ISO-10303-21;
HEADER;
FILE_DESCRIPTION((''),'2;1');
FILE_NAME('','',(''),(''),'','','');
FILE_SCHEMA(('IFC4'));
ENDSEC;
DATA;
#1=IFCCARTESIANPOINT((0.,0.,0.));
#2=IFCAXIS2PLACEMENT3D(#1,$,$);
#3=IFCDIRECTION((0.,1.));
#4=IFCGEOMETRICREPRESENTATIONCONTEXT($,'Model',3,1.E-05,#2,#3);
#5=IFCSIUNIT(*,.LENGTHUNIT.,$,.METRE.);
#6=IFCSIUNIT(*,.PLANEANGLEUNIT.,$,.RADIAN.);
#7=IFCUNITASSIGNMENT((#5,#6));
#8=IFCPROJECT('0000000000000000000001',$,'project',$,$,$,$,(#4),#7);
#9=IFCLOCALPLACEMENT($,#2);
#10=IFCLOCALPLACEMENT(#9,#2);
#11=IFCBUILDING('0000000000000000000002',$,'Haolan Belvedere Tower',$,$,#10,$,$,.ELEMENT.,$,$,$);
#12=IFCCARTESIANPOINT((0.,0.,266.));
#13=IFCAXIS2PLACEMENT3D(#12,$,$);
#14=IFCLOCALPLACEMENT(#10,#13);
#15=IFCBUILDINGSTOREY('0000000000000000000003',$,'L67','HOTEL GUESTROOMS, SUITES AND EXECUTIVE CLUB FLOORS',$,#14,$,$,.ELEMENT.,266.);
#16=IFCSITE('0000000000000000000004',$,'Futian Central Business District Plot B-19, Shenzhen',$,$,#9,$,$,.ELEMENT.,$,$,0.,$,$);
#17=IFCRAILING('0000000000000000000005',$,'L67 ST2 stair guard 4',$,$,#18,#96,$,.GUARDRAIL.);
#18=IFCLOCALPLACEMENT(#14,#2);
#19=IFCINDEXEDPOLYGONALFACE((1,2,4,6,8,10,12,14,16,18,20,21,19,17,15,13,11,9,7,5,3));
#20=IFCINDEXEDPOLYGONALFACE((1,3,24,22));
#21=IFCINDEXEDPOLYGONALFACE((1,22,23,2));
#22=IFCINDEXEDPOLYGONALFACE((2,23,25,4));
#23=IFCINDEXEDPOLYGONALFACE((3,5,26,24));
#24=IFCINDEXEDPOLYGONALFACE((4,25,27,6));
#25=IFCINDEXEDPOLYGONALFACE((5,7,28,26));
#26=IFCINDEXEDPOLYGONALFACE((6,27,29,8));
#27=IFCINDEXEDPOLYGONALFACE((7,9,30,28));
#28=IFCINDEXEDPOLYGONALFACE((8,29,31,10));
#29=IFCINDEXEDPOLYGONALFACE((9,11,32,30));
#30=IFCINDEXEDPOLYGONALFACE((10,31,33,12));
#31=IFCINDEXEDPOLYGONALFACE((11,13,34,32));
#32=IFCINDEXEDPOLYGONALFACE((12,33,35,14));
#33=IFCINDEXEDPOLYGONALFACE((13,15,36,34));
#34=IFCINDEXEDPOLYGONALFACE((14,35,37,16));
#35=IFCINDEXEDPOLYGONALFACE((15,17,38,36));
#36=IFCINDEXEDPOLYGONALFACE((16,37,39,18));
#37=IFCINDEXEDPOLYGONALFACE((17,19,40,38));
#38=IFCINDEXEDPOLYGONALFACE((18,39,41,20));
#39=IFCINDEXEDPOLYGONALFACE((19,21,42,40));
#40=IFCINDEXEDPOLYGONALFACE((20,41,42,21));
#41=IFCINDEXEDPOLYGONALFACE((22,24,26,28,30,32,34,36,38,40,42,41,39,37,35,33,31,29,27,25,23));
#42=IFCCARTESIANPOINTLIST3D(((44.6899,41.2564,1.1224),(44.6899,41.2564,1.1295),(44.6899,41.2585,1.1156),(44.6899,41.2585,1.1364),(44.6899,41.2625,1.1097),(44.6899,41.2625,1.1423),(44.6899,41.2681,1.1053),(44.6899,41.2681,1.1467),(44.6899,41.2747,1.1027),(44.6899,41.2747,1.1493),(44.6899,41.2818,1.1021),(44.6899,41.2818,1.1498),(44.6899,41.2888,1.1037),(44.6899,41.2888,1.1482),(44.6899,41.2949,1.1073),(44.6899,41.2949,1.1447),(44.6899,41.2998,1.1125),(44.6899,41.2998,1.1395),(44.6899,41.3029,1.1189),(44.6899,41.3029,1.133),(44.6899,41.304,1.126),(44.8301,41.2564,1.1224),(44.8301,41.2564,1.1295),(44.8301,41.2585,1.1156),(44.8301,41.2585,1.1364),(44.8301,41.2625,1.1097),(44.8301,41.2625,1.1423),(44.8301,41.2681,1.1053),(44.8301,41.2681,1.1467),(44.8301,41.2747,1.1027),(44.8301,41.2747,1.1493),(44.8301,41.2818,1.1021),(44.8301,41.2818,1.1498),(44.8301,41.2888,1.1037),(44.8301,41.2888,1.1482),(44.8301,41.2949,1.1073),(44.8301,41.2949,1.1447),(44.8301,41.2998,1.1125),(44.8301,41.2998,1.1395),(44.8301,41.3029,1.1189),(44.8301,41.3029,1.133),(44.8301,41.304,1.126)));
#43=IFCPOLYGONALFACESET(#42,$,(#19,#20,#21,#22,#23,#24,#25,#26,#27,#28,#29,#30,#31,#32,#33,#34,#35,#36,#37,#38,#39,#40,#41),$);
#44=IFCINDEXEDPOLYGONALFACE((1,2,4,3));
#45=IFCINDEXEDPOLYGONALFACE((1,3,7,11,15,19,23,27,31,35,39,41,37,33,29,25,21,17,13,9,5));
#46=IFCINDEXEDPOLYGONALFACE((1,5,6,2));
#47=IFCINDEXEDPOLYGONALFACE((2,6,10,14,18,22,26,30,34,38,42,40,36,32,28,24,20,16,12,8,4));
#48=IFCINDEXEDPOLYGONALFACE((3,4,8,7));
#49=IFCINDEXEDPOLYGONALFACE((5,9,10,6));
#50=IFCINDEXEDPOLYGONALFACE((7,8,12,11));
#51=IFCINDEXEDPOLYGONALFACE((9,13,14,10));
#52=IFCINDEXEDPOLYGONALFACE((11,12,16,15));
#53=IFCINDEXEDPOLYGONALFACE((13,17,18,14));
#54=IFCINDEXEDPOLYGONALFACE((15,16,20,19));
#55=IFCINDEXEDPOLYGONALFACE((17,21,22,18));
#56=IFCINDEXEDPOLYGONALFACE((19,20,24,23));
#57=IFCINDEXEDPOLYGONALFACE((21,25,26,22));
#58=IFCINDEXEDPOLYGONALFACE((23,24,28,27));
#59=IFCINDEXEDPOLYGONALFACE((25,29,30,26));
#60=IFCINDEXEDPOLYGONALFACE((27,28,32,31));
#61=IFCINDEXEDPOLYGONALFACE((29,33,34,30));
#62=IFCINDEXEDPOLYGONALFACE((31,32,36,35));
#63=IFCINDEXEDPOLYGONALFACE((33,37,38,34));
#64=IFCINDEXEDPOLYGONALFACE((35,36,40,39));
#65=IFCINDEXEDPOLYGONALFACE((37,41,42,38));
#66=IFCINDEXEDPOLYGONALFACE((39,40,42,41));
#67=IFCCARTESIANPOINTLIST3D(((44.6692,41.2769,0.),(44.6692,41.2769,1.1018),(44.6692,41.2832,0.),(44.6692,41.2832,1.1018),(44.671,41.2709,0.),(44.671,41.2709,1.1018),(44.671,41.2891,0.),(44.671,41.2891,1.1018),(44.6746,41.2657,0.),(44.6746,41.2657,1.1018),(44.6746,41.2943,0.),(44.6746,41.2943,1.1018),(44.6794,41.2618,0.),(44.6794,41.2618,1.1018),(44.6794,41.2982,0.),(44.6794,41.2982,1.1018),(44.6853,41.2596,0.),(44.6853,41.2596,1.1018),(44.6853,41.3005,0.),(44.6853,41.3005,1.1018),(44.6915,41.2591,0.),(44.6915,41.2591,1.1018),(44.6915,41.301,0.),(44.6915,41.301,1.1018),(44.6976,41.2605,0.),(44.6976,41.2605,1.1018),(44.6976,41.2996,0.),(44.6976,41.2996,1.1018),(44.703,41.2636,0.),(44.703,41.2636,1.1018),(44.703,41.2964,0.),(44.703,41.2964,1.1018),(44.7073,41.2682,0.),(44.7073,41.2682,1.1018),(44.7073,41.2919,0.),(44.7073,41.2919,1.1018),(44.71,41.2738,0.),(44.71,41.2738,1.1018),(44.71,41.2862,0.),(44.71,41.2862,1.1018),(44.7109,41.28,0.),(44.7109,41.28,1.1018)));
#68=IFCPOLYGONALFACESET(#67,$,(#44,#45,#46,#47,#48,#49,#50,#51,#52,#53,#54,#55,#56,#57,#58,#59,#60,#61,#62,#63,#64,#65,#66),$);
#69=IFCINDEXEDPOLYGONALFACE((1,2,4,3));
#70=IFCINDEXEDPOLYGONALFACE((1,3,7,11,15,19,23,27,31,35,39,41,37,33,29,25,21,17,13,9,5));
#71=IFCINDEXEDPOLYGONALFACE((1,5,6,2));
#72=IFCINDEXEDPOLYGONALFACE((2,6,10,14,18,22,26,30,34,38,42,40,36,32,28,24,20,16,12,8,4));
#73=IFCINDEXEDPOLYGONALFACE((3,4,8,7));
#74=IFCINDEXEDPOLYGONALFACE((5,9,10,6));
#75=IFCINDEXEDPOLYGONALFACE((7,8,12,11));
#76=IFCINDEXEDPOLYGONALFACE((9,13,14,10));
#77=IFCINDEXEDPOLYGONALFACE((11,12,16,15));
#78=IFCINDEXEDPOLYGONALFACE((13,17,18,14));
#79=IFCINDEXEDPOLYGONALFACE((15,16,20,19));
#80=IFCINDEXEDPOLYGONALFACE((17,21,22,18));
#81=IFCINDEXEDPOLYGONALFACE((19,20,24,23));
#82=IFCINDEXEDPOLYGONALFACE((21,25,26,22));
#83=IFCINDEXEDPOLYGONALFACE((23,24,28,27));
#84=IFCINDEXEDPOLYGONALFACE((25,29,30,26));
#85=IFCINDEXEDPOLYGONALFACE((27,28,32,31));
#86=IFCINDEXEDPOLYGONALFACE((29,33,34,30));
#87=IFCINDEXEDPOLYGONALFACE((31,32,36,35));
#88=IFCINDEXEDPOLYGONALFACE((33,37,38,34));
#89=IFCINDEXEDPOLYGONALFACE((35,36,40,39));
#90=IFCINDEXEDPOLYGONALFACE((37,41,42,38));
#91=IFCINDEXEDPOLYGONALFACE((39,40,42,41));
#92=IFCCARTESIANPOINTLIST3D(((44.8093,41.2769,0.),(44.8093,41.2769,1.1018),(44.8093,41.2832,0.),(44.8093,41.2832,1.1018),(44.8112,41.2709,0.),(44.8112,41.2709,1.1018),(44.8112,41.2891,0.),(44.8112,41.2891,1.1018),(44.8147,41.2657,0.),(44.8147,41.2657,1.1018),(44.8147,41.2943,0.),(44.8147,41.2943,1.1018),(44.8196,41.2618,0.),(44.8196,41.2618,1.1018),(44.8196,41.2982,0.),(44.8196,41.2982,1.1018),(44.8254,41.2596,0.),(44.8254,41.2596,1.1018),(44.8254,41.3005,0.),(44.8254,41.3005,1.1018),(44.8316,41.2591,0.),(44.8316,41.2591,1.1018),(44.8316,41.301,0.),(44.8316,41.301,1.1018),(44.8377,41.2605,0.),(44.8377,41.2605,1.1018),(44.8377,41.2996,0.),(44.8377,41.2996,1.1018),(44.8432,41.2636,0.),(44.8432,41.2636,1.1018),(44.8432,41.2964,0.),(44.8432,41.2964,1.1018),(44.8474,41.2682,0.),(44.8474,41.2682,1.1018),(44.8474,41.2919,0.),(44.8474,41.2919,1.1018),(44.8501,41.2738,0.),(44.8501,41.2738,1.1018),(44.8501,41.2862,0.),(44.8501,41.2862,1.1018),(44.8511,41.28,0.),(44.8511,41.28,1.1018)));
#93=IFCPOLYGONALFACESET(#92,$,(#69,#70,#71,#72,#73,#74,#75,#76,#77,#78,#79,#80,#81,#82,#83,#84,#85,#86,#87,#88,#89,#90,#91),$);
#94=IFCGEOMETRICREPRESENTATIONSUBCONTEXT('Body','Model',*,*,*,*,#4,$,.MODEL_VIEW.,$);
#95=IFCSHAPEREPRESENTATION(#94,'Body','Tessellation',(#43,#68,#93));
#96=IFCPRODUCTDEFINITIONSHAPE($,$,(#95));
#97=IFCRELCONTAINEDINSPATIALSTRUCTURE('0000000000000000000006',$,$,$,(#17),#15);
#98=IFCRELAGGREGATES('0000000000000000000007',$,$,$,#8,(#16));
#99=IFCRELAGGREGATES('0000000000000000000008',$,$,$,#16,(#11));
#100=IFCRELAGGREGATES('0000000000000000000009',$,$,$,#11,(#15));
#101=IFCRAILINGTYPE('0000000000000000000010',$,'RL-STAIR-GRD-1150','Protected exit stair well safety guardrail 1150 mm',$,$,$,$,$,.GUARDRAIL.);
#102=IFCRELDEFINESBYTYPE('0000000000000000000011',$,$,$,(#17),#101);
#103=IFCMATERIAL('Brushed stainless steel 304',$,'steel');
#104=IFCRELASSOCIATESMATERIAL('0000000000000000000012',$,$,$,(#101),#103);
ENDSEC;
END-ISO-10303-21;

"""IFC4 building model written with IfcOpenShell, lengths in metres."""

from ifc_helpers import new_model, si_unit, direction, frame, origin, origin_2d, place, context, subcontext, project, spatial, circle, extrude, material, type_object, element, save


model = new_model("IFC4")

# Units and contexts
model_context = context("Model", 3, precision=1e-05, world=origin(), true_north=direction((0.0, 1.0)))
body_context = subcontext(model_context, "Body", "Model", "MODEL_VIEW")
ifc_project = project(units=[si_unit("LENGTHUNIT", "METRE"), si_unit("PLANEANGLEUNIT", "RADIAN")], contexts=[model_context])

# Site, building, storey
site_placement = place(None, origin())
site = spatial("IfcSite", under=ifc_project, at=site_placement, Name="Futian Central Business District Plot B-19, Shenzhen", CompositionType="ELEMENT", RefElevation=0.0)
building_placement = place(site_placement, origin())
building = spatial("IfcBuilding", under=site, at=building_placement, Name="Haolan Belvedere Tower", CompositionType="ELEMENT")
storey_placement = place(building_placement, frame((0.0, 0.0, 266.0)))
storey = spatial("IfcBuildingStorey", under=building, at=storey_placement, Name="L67", Description="HOTEL GUESTROOMS, SUITES AND EXECUTIVE CLUB FLOORS", CompositionType="ELEMENT", Elevation=266.0)

# Railing
ifc_material_1 = material(Name="Brushed stainless steel 304", Category="steel")
railing_type_1 = type_object("IfcRailingType", Name="RL-STAIR-GRD-1150", Description="Protected exit stair well safety guardrail 1150 mm", PredefinedType="GUARDRAIL", material=ifc_material_1)
railing_1_placement = place(storey_placement, frame((44.6899, 41.28, 0.0)))
element("IfcRailing", 1, at=railing_1_placement, inside=storey, type_object=railing_type_1, Name="L67 ST2 stair guard 4", PredefinedType="GUARDRAIL", context=body_context, shape_type="SweptSolid", body=[
    extrude(circle(Radius=0.0239, at=origin_2d()), frame((0.0, 0.0, 1.126), z_axis=(1.0, 0.0, 0.0), x_axis=(0.0, 1.0, 0.0)), (0.0, 0.0, 1.0), 0.1401),
    extrude(circle(Radius=0.021, at=origin_2d()), origin(), (0.0, 0.0, 1.0), 1.1018),
    extrude(circle(Radius=0.021, at=origin_2d()), frame((0.1401, 0.0, 0.0)), (0.0, 0.0, 1.0), 1.1018),
])

save(model, "model.ifc")
